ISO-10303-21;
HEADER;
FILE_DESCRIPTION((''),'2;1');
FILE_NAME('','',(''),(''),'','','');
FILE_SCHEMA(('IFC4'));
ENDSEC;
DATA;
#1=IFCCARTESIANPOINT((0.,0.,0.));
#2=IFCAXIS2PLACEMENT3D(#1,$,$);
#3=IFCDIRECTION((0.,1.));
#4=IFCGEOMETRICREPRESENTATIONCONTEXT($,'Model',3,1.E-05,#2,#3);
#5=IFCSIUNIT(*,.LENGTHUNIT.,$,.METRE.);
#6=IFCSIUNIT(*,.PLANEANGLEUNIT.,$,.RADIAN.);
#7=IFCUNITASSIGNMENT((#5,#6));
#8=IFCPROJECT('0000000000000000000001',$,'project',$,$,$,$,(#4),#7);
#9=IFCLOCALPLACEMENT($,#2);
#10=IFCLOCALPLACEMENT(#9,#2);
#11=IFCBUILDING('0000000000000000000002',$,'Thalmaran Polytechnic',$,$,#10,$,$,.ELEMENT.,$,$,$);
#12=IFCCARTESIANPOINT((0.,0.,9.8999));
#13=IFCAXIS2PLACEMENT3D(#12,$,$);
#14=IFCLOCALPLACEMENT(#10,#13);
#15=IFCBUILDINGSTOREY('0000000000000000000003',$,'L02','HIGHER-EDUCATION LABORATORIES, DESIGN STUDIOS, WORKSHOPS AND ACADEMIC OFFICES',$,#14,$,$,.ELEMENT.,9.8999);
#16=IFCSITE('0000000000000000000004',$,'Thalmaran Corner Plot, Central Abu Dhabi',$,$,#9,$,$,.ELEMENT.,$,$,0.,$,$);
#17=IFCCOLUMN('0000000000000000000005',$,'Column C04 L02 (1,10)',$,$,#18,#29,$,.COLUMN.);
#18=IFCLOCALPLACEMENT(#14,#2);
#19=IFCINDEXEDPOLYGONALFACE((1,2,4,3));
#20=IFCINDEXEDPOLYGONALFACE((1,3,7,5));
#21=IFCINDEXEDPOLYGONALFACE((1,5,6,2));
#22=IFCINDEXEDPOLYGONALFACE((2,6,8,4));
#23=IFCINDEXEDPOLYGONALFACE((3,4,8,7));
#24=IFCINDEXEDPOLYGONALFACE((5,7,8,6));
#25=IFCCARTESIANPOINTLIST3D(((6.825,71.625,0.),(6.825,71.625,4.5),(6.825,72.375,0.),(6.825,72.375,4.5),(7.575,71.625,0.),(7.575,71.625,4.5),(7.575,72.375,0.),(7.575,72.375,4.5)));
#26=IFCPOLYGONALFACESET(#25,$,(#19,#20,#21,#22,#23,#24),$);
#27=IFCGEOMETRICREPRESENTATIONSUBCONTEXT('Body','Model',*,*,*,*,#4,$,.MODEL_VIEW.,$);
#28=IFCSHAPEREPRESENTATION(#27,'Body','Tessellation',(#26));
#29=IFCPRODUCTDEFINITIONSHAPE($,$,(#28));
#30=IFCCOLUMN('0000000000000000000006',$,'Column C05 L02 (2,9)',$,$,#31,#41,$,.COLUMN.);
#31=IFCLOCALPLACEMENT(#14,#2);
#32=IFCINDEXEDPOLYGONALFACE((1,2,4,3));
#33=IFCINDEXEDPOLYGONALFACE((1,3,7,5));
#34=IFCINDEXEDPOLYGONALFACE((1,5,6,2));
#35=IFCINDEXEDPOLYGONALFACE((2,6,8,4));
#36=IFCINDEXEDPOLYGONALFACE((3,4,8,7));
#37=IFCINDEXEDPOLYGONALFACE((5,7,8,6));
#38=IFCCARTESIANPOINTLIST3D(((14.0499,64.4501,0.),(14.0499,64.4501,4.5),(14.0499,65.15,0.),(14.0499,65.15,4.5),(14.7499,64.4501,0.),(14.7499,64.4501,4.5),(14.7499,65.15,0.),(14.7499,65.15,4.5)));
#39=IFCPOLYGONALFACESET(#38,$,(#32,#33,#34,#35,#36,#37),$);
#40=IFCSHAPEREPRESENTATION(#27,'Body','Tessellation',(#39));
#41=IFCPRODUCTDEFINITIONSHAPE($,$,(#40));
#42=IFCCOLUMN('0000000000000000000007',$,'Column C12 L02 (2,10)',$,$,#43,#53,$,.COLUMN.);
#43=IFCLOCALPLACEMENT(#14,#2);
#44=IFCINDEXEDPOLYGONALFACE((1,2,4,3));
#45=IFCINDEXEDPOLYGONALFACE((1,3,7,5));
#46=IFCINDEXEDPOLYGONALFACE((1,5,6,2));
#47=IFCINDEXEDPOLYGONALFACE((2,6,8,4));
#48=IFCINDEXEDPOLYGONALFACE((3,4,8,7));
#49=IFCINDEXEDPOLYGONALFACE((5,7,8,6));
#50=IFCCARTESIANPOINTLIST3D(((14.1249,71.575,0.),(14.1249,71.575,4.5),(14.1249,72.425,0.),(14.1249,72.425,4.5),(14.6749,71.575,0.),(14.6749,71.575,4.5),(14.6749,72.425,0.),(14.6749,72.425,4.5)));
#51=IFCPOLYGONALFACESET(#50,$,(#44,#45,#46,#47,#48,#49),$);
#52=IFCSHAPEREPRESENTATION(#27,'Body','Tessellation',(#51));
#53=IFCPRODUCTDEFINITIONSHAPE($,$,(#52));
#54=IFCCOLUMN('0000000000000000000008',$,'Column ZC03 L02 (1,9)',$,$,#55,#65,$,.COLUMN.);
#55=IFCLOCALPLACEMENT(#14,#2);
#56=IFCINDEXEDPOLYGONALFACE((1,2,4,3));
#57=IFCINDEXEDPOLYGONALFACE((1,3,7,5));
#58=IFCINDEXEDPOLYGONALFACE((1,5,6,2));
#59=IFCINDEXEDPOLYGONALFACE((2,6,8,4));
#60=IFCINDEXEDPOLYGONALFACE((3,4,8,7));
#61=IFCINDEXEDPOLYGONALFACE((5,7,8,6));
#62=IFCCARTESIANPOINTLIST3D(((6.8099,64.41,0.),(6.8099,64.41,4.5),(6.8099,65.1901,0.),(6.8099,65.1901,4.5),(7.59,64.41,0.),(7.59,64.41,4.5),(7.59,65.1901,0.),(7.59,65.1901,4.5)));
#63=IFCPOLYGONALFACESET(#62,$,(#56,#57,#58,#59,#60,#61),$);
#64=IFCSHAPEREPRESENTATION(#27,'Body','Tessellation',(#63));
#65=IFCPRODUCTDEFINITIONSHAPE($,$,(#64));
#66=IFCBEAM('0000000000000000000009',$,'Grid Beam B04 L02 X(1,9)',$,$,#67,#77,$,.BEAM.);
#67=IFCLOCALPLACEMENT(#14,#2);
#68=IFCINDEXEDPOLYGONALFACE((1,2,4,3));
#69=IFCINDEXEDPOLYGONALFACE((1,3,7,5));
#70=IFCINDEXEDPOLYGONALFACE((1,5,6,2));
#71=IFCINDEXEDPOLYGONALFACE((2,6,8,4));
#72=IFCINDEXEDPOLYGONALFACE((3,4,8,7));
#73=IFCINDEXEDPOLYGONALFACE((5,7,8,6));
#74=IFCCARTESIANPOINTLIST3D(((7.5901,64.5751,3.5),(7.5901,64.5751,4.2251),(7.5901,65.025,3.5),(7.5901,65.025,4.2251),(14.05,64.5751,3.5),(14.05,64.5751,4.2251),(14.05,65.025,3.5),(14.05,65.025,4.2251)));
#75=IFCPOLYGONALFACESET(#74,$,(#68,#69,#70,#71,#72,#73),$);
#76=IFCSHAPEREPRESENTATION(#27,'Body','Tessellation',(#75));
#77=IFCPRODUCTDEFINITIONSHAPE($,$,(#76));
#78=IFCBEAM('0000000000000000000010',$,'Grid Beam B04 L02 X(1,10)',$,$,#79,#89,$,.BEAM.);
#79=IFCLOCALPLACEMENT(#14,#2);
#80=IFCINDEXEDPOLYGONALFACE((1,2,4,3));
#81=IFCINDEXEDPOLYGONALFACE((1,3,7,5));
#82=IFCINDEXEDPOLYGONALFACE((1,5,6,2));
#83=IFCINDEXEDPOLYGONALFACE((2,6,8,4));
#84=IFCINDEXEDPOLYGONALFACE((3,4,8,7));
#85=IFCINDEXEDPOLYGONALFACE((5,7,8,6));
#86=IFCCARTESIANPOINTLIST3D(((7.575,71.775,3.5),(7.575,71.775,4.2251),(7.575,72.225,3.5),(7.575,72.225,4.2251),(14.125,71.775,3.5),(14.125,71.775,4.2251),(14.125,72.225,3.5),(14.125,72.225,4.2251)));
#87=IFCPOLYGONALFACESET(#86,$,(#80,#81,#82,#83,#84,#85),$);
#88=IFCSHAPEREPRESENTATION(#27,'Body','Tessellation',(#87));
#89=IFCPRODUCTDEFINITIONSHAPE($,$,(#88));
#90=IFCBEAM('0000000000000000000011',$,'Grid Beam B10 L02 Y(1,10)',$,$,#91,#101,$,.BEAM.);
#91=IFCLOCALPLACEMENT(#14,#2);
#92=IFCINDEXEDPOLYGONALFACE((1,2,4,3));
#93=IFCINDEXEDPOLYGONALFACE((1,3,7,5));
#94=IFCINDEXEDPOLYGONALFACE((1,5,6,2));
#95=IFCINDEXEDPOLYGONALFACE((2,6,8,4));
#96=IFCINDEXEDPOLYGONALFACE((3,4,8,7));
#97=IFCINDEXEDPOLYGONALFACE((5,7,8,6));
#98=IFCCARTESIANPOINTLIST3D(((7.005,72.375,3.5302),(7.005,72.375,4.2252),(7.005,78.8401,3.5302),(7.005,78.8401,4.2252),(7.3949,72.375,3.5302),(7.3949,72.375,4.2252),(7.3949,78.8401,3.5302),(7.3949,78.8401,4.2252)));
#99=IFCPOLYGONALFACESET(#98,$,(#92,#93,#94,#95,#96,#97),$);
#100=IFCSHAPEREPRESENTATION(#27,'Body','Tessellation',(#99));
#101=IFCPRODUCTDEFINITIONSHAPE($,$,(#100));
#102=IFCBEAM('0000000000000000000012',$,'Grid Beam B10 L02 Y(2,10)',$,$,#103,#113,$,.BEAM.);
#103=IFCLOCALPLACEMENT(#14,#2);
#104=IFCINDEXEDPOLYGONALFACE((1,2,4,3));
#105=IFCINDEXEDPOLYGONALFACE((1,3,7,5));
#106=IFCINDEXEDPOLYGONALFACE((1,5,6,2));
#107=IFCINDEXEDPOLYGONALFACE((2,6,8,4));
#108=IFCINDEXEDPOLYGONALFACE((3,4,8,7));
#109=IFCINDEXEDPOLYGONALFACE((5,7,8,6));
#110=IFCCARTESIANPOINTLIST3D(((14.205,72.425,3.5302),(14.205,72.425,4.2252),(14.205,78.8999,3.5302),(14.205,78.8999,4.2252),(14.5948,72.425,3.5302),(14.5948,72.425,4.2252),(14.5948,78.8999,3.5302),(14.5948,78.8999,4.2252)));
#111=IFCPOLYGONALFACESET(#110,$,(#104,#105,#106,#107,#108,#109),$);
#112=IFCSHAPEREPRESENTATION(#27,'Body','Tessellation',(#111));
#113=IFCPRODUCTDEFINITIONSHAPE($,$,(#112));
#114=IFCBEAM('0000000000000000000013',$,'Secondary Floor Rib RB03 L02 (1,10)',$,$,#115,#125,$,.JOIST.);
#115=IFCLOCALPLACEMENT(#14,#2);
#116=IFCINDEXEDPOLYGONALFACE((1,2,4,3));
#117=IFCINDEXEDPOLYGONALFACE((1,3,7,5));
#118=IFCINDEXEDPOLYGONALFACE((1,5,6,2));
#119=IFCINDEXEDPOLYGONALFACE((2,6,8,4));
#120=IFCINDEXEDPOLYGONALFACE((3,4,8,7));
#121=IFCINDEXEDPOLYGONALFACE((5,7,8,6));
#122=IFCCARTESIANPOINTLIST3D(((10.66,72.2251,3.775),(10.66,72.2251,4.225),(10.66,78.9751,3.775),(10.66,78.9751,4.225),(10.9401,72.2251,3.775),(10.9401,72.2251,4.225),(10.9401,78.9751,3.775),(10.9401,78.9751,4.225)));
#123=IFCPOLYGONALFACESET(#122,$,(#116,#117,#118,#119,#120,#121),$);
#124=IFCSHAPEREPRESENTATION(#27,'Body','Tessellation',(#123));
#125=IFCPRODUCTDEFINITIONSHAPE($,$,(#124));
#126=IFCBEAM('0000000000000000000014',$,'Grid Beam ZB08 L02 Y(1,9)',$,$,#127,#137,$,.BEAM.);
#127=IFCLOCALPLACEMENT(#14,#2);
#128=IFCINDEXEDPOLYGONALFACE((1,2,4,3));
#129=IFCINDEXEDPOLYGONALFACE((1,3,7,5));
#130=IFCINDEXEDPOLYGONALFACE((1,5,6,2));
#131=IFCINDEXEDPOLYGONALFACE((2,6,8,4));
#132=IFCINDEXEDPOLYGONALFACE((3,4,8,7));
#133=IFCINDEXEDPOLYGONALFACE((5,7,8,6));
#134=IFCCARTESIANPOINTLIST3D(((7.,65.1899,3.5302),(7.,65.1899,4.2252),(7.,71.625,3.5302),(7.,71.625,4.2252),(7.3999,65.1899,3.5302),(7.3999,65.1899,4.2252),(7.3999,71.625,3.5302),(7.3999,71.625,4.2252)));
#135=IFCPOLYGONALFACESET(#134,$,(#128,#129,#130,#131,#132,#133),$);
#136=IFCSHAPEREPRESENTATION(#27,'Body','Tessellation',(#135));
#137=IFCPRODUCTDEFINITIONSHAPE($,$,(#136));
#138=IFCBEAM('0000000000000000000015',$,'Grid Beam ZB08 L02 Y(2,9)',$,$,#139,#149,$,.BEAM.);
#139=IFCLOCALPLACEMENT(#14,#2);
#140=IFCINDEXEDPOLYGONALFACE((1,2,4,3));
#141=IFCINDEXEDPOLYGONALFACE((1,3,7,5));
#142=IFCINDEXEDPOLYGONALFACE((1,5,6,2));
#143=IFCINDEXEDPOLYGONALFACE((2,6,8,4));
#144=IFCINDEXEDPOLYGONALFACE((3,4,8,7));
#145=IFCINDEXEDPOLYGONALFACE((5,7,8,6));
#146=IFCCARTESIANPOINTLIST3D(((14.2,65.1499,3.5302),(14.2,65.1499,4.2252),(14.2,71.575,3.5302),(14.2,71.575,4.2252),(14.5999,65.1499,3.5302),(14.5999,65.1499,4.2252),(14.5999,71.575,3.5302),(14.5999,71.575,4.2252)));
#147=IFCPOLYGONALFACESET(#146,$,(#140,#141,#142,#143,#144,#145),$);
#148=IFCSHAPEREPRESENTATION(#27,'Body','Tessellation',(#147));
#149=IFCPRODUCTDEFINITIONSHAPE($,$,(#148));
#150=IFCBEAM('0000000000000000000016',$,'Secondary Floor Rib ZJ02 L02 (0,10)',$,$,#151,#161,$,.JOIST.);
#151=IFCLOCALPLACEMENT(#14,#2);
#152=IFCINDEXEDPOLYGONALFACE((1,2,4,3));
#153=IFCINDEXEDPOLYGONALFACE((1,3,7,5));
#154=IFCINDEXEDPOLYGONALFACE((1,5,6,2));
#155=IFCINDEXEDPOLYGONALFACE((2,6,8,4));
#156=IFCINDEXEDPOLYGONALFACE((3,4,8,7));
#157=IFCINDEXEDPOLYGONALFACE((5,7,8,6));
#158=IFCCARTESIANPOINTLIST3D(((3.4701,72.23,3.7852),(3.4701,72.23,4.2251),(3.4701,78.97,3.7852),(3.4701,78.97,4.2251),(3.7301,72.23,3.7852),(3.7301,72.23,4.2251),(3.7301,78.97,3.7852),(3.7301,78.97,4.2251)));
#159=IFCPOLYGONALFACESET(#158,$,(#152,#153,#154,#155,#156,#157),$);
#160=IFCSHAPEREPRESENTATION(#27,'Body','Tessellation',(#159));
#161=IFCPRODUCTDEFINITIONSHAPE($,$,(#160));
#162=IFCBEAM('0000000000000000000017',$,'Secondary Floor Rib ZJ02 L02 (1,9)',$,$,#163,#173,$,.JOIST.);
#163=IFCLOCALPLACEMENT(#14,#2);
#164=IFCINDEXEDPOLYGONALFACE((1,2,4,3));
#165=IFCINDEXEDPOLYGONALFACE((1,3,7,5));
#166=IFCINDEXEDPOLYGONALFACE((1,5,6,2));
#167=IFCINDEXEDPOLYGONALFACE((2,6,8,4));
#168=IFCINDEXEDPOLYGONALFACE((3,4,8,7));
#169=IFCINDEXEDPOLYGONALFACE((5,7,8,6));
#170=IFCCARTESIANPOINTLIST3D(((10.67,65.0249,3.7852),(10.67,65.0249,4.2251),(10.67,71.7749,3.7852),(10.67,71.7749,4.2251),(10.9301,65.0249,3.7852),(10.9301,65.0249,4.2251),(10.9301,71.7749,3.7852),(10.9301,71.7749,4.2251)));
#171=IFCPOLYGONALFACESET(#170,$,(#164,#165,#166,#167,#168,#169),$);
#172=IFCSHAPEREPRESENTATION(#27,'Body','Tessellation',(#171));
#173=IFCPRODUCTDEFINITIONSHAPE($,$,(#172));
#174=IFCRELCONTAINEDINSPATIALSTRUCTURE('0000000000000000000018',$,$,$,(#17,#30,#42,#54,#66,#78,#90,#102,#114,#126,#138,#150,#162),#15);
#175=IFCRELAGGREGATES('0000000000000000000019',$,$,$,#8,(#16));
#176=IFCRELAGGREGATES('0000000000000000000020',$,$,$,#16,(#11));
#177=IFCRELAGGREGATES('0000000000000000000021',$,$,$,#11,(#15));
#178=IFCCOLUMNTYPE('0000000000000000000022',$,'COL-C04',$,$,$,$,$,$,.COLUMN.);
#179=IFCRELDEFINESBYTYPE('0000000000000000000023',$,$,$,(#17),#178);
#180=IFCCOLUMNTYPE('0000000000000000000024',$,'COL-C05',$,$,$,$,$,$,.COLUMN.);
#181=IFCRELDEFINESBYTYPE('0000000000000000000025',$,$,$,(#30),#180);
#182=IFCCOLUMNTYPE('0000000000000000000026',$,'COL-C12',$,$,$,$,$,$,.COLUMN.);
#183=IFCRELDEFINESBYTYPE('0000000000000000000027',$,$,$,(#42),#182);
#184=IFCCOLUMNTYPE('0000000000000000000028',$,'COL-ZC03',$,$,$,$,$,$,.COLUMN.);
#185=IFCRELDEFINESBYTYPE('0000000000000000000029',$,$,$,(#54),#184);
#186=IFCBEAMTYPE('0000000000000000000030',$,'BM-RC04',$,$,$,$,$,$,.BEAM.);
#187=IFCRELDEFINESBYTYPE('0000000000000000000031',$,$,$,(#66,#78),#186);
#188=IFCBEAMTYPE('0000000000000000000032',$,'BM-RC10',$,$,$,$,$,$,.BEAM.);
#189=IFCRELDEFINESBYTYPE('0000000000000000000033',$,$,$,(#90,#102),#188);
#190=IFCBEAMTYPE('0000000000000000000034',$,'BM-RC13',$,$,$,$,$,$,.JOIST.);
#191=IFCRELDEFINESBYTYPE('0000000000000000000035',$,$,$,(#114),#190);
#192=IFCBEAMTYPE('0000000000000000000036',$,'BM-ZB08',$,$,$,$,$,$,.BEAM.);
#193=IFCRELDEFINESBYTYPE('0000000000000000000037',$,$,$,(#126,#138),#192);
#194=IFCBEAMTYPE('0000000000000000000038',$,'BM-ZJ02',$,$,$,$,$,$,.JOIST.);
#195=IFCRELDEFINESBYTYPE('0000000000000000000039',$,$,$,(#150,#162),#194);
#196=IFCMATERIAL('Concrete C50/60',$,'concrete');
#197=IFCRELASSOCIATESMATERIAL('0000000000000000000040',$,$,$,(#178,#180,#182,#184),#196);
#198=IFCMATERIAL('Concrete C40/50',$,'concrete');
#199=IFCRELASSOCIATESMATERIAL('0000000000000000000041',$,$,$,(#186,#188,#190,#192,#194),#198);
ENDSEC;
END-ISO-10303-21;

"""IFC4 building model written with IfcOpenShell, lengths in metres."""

from ifc_helpers import new_model, si_unit, direction, frame, origin, origin_2d, place, context, subcontext, project, spatial, rectangle, extrude, material, material_profile, profile_set, type_object, element, save


model = new_model("IFC4")

# Units and contexts
model_context = context("Model", 3, precision=1e-05, world=origin(), true_north=direction((0.0, 1.0)))
body_context = subcontext(model_context, "Body", "Model", "MODEL_VIEW")
ifc_project = project(units=[si_unit("LENGTHUNIT", "METRE"), si_unit("PLANEANGLEUNIT", "RADIAN")], contexts=[model_context])

# Site, building, storey
site_placement = place(None, origin())
site = spatial("IfcSite", under=ifc_project, at=site_placement, Name="Thalmaran Corner Plot, Central Abu Dhabi", CompositionType="ELEMENT", RefElevation=0.0)
building_placement = place(site_placement, origin())
building = spatial("IfcBuilding", under=site, at=building_placement, Name="Thalmaran Polytechnic", CompositionType="ELEMENT")
storey_placement = place(building_placement, frame((0.0, 0.0, 9.8999)))
storey = spatial("IfcBuildingStorey", under=building, at=storey_placement, Name="L02", Description="HIGHER-EDUCATION LABORATORIES, DESIGN STUDIOS, WORKSHOPS AND ACADEMIC OFFICES", CompositionType="ELEMENT", Elevation=9.8999)

# Columns
ifc_material_1 = material(Name="Concrete C50/60", Category="concrete")
ifc_material_profile_1 = material_profile(ifc_material_1, rectangle(XDim=0.75, YDim=0.75, at=origin_2d()), Name="RC 750x750")
ifc_profile_set_1 = profile_set([ifc_material_profile_1], Name="Concrete C50/60")
column_type_1 = type_object("IfcColumnType", Name="COL-C04", PredefinedType="COLUMN", material=ifc_profile_set_1)
column_1_placement = place(storey_placement, frame((7.2, 72.0, 0.0), z_axis=(0.0, 0.0, 1.0), x_axis=(1.0, 0.0, 0.0)))
element("IfcColumn", 1, at=column_1_placement, inside=storey, type_object=column_type_1, Name="Column C04 L02 (1,10)", PredefinedType="COLUMN", context=body_context, shape_type="SweptSolid", body=[
    extrude(rectangle(XDim=0.75, YDim=0.75, at=origin_2d()), origin(), (0.0, 0.0, 1.0), 4.5),
])
ifc_material_profile_2 = material_profile(ifc_material_1, rectangle(XDim=0.7, YDim=0.7, at=origin_2d()), Name="RC 700x700")
ifc_profile_set_2 = profile_set([ifc_material_profile_2], Name="Concrete C50/60")
column_type_2 = type_object("IfcColumnType", Name="COL-C05", PredefinedType="COLUMN", material=ifc_profile_set_2)
column_2_placement = place(storey_placement, frame((14.3999, 64.8, 0.0), z_axis=(0.0, 0.0, 1.0), x_axis=(1.0, 0.0, 0.0)))
element("IfcColumn", 2, at=column_2_placement, inside=storey, type_object=column_type_2, Name="Column C05 L02 (2,9)", PredefinedType="COLUMN", context=body_context, shape_type="SweptSolid", body=[
    extrude(rectangle(XDim=0.7, YDim=0.7, at=origin_2d()), origin(), (0.0, 0.0, 1.0), 4.5),
])
ifc_material_profile_3 = material_profile(ifc_material_1, rectangle(XDim=0.55, YDim=0.8501, at=origin_2d()), Name="RC 550x850")
ifc_profile_set_3 = profile_set([ifc_material_profile_3], Name="Concrete C50/60")
column_type_3 = type_object("IfcColumnType", Name="COL-C12", PredefinedType="COLUMN", material=ifc_profile_set_3)
column_3_placement = place(storey_placement, frame((14.3999, 72.0, 0.0), z_axis=(0.0, 0.0, 1.0), x_axis=(1.0, 0.0, 0.0)))
element("IfcColumn", 3, at=column_3_placement, inside=storey, type_object=column_type_3, Name="Column C12 L02 (2,10)", PredefinedType="COLUMN", context=body_context, shape_type="SweptSolid", body=[
    extrude(rectangle(XDim=0.55, YDim=0.8501, at=origin_2d()), origin(), (0.0, 0.0, 1.0), 4.5),
])
ifc_material_profile_4 = material_profile(ifc_material_1, rectangle(XDim=0.78, YDim=0.78, at=origin_2d()), Name="RC 780x780")
ifc_profile_set_4 = profile_set([ifc_material_profile_4], Name="Concrete C50/60")
column_type_4 = type_object("IfcColumnType", Name="COL-ZC03", PredefinedType="COLUMN", material=ifc_profile_set_4)
column_4_placement = place(storey_placement, frame((7.2, 64.8, 0.0), z_axis=(0.0, 0.0, 1.0), x_axis=(1.0, 0.0, 0.0)))
element("IfcColumn", 4, at=column_4_placement, inside=storey, type_object=column_type_4, Name="Column ZC03 L02 (1,9)", PredefinedType="COLUMN", context=body_context, shape_type="SweptSolid", body=[
    extrude(rectangle(XDim=0.78, YDim=0.78, at=origin_2d()), origin(), (0.0, 0.0, 1.0), 4.5),
])

# Beams
ifc_material_2 = material(Name="Concrete C40/50", Category="concrete")
ifc_material_profile_5 = material_profile(ifc_material_2, rectangle(XDim=0.45, YDim=0.7251, at=origin_2d()), Name="RC 450x725")
ifc_profile_set_5 = profile_set([ifc_material_profile_5], Name="Concrete C40/50")
beam_type_1 = type_object("IfcBeamType", Name="BM-RC04", PredefinedType="BEAM", material=ifc_profile_set_5)
beam_1_placement = place(storey_placement, frame((7.5901, 64.8, 3.8625), z_axis=(1.0, 0.0, 0.0), x_axis=(0.0, 1.0, 0.0)))
element("IfcBeam", 5, at=beam_1_placement, inside=storey, type_object=beam_type_1, Name="Grid Beam B04 L02 X(1,9)", PredefinedType="BEAM", context=body_context, shape_type="SweptSolid", body=[
    extrude(rectangle(XDim=0.45, YDim=0.7251, at=origin_2d()), origin(), (0.0, 0.0, 1.0), 6.46),
])
beam_2_placement = place(storey_placement, frame((7.575, 72.0, 3.8625), z_axis=(1.0, 0.0, 0.0), x_axis=(0.0, 1.0, 0.0)))
element("IfcBeam", 6, at=beam_2_placement, inside=storey, type_object=beam_type_1, Name="Grid Beam B04 L02 X(1,10)", PredefinedType="BEAM", context=body_context, shape_type="SweptSolid", body=[
    extrude(rectangle(XDim=0.45, YDim=0.7251, at=origin_2d()), origin(), (0.0, 0.0, 1.0), 6.55),
])
ifc_material_profile_6 = material_profile(ifc_material_2, rectangle(XDim=0.3899, YDim=0.6951, at=origin_2d()), Name="RC 390x695")
ifc_profile_set_6 = profile_set([ifc_material_profile_6], Name="Concrete C40/50")
beam_type_2 = type_object("IfcBeamType", Name="BM-RC10", PredefinedType="BEAM", material=ifc_profile_set_6)
beam_3_placement = place(storey_placement, frame((7.2, 72.375, 3.8777), z_axis=(0.0, 1.0, 0.0), x_axis=(-1.0, 0.0, 0.0)))
element("IfcBeam", 7, at=beam_3_placement, inside=storey, type_object=beam_type_2, Name="Grid Beam B10 L02 Y(1,10)", PredefinedType="BEAM", context=body_context, shape_type="SweptSolid", body=[
    extrude(rectangle(XDim=0.3899, YDim=0.6951, at=origin_2d()), origin(), (0.0, 0.0, 1.0), 6.4651),
])
beam_4_placement = place(storey_placement, frame((14.3999, 72.425, 3.8777), z_axis=(0.0, 1.0, 0.0), x_axis=(-1.0, 0.0, 0.0)))
element("IfcBeam", 8, at=beam_4_placement, inside=storey, type_object=beam_type_2, Name="Grid Beam B10 L02 Y(2,10)", PredefinedType="BEAM", context=body_context, shape_type="SweptSolid", body=[
    extrude(rectangle(XDim=0.3899, YDim=0.6951, at=origin_2d()), origin(), (0.0, 0.0, 1.0), 6.4749),
])
ifc_material_profile_7 = material_profile(ifc_material_2, rectangle(XDim=0.28, YDim=0.45, at=origin_2d()), Name="RC 280x450")
ifc_profile_set_7 = profile_set([ifc_material_profile_7], Name="Concrete C40/50")
beam_type_3 = type_object("IfcBeamType", Name="BM-RC13", PredefinedType="JOIST", material=ifc_profile_set_7)
beam_5_placement = place(storey_placement, frame((10.8, 72.2251, 4.0), z_axis=(0.0, 1.0, 0.0), x_axis=(-1.0, 0.0, 0.0)))
element("IfcBeam", 9, at=beam_5_placement, inside=storey, type_object=beam_type_3, Name="Secondary Floor Rib RB03 L02 (1,10)", PredefinedType="JOIST", context=body_context, shape_type="SweptSolid", body=[
    extrude(rectangle(XDim=0.28, YDim=0.45, at=origin_2d()), origin(), (0.0, 0.0, 1.0), 6.75),
])
ifc_material_profile_8 = material_profile(ifc_material_2, rectangle(XDim=0.3999, YDim=0.6951, at=origin_2d()), Name="RC 400x695")
ifc_profile_set_8 = profile_set([ifc_material_profile_8], Name="Concrete C40/50")
beam_type_4 = type_object("IfcBeamType", Name="BM-ZB08", PredefinedType="BEAM", material=ifc_profile_set_8)
beam_6_placement = place(storey_placement, frame((7.2, 65.1899, 3.8777), z_axis=(0.0, 1.0, 0.0), x_axis=(-1.0, 0.0, 0.0)))
element("IfcBeam", 10, at=beam_6_placement, inside=storey, type_object=beam_type_4, Name="Grid Beam ZB08 L02 Y(1,9)", PredefinedType="BEAM", context=body_context, shape_type="SweptSolid", body=[
    extrude(rectangle(XDim=0.3999, YDim=0.6951, at=origin_2d()), origin(), (0.0, 0.0, 1.0), 6.4351),
])
beam_7_placement = place(storey_placement, frame((14.3999, 65.1499, 3.8777), z_axis=(0.0, 1.0, 0.0), x_axis=(-1.0, 0.0, 0.0)))
element("IfcBeam", 11, at=beam_7_placement, inside=storey, type_object=beam_type_4, Name="Grid Beam ZB08 L02 Y(2,9)", PredefinedType="BEAM", context=body_context, shape_type="SweptSolid", body=[
    extrude(rectangle(XDim=0.3999, YDim=0.6951, at=origin_2d()), origin(), (0.0, 0.0, 1.0), 6.425),
])
ifc_material_profile_9 = material_profile(ifc_material_2, rectangle(XDim=0.26, YDim=0.4399, at=origin_2d()), Name="RC 260x440")
ifc_profile_set_9 = profile_set([ifc_material_profile_9], Name="Concrete C40/50")
beam_type_5 = type_object("IfcBeamType", Name="BM-ZJ02", PredefinedType="JOIST", material=ifc_profile_set_9)
beam_8_placement = place(storey_placement, frame((3.6001, 72.23, 4.0051), z_axis=(0.0, 1.0, 0.0), x_axis=(-1.0, 0.0, 0.0)))
element("IfcBeam", 12, at=beam_8_placement, inside=storey, type_object=beam_type_5, Name="Secondary Floor Rib ZJ02 L02 (0,10)", PredefinedType="JOIST", context=body_context, shape_type="SweptSolid", body=[
    extrude(rectangle(XDim=0.26, YDim=0.4399, at=origin_2d()), origin(), (0.0, 0.0, 1.0), 6.74),
])
beam_9_placement = place(storey_placement, frame((10.8, 65.0249, 4.0051), z_axis=(0.0, 1.0, 0.0), x_axis=(-1.0, 0.0, 0.0)))
element("IfcBeam", 13, at=beam_9_placement, inside=storey, type_object=beam_type_5, Name="Secondary Floor Rib ZJ02 L02 (1,9)", PredefinedType="JOIST", context=body_context, shape_type="SweptSolid", body=[
    extrude(rectangle(XDim=0.26, YDim=0.4399, at=origin_2d()), origin(), (0.0, 0.0, 1.0), 6.75),
])

save(model, "model.ifc")
